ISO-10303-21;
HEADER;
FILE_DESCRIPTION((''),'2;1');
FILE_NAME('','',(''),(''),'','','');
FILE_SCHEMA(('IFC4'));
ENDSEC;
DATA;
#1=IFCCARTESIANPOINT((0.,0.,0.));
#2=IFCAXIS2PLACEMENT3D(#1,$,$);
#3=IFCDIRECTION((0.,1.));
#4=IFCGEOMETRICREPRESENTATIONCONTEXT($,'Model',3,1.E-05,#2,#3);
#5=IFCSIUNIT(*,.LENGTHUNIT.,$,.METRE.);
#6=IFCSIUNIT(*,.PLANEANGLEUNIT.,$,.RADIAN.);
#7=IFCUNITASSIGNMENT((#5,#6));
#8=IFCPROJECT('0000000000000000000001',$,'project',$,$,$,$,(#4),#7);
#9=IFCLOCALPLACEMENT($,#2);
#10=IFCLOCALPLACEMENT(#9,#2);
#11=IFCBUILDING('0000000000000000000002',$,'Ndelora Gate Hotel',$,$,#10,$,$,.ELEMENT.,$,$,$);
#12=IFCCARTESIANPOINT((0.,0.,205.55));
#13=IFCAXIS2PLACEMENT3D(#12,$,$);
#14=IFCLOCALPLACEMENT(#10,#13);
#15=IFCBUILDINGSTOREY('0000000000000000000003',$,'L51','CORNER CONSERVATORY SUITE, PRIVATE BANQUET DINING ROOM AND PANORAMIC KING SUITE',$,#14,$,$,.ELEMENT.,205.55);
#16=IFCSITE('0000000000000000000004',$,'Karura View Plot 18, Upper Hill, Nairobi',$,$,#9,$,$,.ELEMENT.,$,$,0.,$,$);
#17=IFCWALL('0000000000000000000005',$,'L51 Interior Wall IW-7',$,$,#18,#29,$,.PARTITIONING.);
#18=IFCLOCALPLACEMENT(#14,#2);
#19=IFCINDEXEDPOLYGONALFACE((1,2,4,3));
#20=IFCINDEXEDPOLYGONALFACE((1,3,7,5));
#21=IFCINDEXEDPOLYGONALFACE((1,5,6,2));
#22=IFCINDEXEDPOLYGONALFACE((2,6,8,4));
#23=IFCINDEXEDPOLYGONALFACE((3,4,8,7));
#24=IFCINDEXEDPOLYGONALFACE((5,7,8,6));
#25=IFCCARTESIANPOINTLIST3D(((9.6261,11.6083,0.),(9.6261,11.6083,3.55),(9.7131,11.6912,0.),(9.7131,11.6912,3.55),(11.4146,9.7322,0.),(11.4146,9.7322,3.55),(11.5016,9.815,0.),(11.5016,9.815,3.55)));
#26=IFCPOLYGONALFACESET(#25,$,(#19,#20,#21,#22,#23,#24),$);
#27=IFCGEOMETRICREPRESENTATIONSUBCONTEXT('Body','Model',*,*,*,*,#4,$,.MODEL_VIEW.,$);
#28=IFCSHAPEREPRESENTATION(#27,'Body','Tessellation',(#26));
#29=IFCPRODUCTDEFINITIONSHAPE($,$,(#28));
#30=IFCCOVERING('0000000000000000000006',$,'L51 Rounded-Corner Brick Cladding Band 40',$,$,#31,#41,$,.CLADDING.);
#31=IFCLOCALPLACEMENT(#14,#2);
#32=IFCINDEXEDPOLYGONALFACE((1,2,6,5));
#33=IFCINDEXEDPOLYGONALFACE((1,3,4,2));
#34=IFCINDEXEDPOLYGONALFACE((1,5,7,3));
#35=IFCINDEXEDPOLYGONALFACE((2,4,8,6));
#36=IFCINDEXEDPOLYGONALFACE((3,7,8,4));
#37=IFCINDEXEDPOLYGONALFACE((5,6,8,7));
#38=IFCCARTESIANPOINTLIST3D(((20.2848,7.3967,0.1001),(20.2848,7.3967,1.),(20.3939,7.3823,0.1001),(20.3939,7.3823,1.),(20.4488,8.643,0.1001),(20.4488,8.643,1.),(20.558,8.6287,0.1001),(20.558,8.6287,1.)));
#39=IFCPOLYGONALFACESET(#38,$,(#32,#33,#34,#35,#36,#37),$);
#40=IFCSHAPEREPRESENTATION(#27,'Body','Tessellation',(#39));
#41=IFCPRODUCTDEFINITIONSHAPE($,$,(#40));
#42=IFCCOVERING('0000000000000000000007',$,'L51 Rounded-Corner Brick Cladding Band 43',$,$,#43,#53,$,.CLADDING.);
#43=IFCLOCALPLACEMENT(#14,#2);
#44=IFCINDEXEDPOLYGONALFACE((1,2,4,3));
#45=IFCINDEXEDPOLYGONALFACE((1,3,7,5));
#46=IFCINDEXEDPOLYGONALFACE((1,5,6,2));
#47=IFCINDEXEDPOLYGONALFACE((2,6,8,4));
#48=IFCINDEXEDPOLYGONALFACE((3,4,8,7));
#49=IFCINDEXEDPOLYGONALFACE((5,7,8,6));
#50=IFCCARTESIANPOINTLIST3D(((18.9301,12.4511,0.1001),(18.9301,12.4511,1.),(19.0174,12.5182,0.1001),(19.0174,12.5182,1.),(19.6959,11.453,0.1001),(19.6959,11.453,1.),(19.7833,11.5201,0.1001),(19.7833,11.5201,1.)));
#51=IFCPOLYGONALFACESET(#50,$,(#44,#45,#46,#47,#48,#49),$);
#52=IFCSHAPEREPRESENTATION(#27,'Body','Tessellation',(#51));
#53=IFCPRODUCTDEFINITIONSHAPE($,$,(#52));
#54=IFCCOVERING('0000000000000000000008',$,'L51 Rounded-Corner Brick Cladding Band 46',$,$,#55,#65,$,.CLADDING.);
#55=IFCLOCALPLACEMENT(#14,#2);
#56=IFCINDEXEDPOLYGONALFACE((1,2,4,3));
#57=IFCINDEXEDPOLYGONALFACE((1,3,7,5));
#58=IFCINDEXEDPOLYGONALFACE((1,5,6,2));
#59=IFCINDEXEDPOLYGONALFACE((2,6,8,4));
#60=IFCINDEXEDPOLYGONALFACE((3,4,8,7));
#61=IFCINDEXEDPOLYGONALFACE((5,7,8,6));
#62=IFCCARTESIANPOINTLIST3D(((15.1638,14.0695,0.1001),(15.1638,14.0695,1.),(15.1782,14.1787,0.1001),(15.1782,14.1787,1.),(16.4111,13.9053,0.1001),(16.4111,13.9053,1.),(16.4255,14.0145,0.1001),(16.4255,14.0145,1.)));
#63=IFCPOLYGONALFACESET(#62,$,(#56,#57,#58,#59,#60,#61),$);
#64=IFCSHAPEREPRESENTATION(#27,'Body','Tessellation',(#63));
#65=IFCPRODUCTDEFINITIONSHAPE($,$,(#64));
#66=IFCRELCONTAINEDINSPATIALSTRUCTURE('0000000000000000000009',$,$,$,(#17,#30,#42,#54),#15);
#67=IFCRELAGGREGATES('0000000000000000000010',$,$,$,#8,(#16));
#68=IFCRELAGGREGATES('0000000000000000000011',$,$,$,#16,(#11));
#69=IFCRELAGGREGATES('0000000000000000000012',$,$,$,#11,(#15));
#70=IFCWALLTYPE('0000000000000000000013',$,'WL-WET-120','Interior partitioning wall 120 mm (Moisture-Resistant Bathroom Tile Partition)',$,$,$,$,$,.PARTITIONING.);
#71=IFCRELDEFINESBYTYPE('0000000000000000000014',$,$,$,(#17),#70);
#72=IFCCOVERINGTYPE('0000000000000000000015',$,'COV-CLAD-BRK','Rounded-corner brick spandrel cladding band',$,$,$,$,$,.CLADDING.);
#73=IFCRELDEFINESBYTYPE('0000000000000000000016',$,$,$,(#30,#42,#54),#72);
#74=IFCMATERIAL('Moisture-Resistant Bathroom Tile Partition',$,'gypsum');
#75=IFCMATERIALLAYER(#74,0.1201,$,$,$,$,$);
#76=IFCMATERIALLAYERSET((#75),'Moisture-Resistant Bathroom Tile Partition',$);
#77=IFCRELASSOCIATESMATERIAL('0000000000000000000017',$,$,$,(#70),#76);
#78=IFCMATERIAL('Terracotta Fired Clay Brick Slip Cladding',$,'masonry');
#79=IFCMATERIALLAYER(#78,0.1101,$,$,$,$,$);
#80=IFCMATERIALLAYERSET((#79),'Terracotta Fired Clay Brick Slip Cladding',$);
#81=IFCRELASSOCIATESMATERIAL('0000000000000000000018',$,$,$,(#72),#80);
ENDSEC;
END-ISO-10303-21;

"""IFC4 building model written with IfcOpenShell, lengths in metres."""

from ifc_helpers import new_model, si_unit, direction, frame, frame_2d, origin, origin_2d, place, context, subcontext, project, spatial, rectangle, extrude, material, layer, layer_set, type_object, element, save


model = new_model("IFC4")

# Units and contexts
model_context = context("Model", 3, precision=1e-05, world=origin(), true_north=direction((0.0, 1.0)))
body_context = subcontext(model_context, "Body", "Model", "MODEL_VIEW")
ifc_project = project(units=[si_unit("LENGTHUNIT", "METRE"), si_unit("PLANEANGLEUNIT", "RADIAN")], contexts=[model_context])

# Site, building, storey
site_placement = place(None, origin())
site = spatial("IfcSite", under=ifc_project, at=site_placement, Name="Karura View Plot 18, Upper Hill, Nairobi", CompositionType="ELEMENT", RefElevation=0.0)
building_placement = place(site_placement, origin())
building = spatial("IfcBuilding", under=site, at=building_placement, Name="Ndelora Gate Hotel", CompositionType="ELEMENT")
storey_placement = place(building_placement, frame((0.0, 0.0, 205.55)))
storey = spatial("IfcBuildingStorey", under=building, at=storey_placement, Name="L51", Description="CORNER CONSERVATORY SUITE, PRIVATE BANQUET DINING ROOM AND PANORAMIC KING SUITE", CompositionType="ELEMENT", Elevation=205.55)

# Wall
ifc_material_1 = material(Name="Moisture-Resistant Bathroom Tile Partition", Category="gypsum")
ifc_layer_1 = layer(ifc_material_1, 0.1201)
ifc_layer_set_1 = layer_set([ifc_layer_1], Name="Moisture-Resistant Bathroom Tile Partition")
wall_type_1 = type_object("IfcWallType", Name="WL-WET-120", Description="Interior partitioning wall 120 mm (Moisture-Resistant Bathroom Tile Partition)", PredefinedType="PARTITIONING", material=ifc_layer_set_1)
wall_1_placement = place(storey_placement, frame((11.458, 9.7737, 0.0), z_axis=(0.0, 0.0, 1.0), x_axis=(-0.689998, 0.723811, 0.0)))
element("IfcWall", 1, at=wall_1_placement, inside=storey, type_object=wall_type_1, Name="L51 Interior Wall IW-7", PredefinedType="PARTITIONING", context=body_context, shape_type="SweptSolid", body=[
    extrude(rectangle(XDim=2.592, YDim=0.1201, at=frame_2d((1.2959, 0.0))), origin(), (0.0, 0.0, 1.0), 3.55),
])

# Coverings
ifc_material_2 = material(Name="Terracotta Fired Clay Brick Slip Cladding", Category="masonry")
ifc_layer_2 = layer(ifc_material_2, 0.1101)
ifc_layer_set_2 = layer_set([ifc_layer_2], Name="Terracotta Fired Clay Brick Slip Cladding")
covering_type = type_object("IfcCoveringType", Name="COV-CLAD-BRK", Description="Rounded-corner brick spandrel cladding band", PredefinedType="CLADDING", material=ifc_layer_set_2)
covering_placement = place(storey_placement, frame((20.4214, 8.0127, 0.1001), z_axis=(0.0, 0.0, 1.0), x_axis=(0.130526, 0.991445, 0.0)))
element("IfcCovering", 2, at=covering_placement, inside=storey, type_object=covering_type, Name="L51 Rounded-Corner Brick Cladding Band 40", PredefinedType="CLADDING", context=body_context, shape_type="SweptSolid", body=[
    extrude(rectangle(XDim=1.2571, YDim=0.1101, at=origin_2d()), origin(), (0.0, 0.0, 1.0), 0.8999),
])
for number, where, z_axis, x_axis, name in (
    (3, (19.3567, 11.9856, 0.1001), (0.0, 0.0, 1.0), (-0.608761, 0.793353, 0.0), "L51 Rounded-Corner Brick Cladding Band 43"),
    (4, (15.7947, 14.042, 0.1001), (0.0, 0.0, 1.0), (-0.991445, 0.130526, 0.0), "L51 Rounded-Corner Brick Cladding Band 46"),
):
    element("IfcCovering", number, at=place(storey_placement, frame(where, z_axis=z_axis, x_axis=x_axis)), inside=storey, type_object=covering_type, Name=name, PredefinedType="CLADDING", context=body_context, shape_type="SweptSolid", body=[
        extrude(rectangle(XDim=1.2581, YDim=0.1101, at=origin_2d()), origin(), (0.0, 0.0, 1.0), 0.8999),
    ])

save(model, "model.ifc")
